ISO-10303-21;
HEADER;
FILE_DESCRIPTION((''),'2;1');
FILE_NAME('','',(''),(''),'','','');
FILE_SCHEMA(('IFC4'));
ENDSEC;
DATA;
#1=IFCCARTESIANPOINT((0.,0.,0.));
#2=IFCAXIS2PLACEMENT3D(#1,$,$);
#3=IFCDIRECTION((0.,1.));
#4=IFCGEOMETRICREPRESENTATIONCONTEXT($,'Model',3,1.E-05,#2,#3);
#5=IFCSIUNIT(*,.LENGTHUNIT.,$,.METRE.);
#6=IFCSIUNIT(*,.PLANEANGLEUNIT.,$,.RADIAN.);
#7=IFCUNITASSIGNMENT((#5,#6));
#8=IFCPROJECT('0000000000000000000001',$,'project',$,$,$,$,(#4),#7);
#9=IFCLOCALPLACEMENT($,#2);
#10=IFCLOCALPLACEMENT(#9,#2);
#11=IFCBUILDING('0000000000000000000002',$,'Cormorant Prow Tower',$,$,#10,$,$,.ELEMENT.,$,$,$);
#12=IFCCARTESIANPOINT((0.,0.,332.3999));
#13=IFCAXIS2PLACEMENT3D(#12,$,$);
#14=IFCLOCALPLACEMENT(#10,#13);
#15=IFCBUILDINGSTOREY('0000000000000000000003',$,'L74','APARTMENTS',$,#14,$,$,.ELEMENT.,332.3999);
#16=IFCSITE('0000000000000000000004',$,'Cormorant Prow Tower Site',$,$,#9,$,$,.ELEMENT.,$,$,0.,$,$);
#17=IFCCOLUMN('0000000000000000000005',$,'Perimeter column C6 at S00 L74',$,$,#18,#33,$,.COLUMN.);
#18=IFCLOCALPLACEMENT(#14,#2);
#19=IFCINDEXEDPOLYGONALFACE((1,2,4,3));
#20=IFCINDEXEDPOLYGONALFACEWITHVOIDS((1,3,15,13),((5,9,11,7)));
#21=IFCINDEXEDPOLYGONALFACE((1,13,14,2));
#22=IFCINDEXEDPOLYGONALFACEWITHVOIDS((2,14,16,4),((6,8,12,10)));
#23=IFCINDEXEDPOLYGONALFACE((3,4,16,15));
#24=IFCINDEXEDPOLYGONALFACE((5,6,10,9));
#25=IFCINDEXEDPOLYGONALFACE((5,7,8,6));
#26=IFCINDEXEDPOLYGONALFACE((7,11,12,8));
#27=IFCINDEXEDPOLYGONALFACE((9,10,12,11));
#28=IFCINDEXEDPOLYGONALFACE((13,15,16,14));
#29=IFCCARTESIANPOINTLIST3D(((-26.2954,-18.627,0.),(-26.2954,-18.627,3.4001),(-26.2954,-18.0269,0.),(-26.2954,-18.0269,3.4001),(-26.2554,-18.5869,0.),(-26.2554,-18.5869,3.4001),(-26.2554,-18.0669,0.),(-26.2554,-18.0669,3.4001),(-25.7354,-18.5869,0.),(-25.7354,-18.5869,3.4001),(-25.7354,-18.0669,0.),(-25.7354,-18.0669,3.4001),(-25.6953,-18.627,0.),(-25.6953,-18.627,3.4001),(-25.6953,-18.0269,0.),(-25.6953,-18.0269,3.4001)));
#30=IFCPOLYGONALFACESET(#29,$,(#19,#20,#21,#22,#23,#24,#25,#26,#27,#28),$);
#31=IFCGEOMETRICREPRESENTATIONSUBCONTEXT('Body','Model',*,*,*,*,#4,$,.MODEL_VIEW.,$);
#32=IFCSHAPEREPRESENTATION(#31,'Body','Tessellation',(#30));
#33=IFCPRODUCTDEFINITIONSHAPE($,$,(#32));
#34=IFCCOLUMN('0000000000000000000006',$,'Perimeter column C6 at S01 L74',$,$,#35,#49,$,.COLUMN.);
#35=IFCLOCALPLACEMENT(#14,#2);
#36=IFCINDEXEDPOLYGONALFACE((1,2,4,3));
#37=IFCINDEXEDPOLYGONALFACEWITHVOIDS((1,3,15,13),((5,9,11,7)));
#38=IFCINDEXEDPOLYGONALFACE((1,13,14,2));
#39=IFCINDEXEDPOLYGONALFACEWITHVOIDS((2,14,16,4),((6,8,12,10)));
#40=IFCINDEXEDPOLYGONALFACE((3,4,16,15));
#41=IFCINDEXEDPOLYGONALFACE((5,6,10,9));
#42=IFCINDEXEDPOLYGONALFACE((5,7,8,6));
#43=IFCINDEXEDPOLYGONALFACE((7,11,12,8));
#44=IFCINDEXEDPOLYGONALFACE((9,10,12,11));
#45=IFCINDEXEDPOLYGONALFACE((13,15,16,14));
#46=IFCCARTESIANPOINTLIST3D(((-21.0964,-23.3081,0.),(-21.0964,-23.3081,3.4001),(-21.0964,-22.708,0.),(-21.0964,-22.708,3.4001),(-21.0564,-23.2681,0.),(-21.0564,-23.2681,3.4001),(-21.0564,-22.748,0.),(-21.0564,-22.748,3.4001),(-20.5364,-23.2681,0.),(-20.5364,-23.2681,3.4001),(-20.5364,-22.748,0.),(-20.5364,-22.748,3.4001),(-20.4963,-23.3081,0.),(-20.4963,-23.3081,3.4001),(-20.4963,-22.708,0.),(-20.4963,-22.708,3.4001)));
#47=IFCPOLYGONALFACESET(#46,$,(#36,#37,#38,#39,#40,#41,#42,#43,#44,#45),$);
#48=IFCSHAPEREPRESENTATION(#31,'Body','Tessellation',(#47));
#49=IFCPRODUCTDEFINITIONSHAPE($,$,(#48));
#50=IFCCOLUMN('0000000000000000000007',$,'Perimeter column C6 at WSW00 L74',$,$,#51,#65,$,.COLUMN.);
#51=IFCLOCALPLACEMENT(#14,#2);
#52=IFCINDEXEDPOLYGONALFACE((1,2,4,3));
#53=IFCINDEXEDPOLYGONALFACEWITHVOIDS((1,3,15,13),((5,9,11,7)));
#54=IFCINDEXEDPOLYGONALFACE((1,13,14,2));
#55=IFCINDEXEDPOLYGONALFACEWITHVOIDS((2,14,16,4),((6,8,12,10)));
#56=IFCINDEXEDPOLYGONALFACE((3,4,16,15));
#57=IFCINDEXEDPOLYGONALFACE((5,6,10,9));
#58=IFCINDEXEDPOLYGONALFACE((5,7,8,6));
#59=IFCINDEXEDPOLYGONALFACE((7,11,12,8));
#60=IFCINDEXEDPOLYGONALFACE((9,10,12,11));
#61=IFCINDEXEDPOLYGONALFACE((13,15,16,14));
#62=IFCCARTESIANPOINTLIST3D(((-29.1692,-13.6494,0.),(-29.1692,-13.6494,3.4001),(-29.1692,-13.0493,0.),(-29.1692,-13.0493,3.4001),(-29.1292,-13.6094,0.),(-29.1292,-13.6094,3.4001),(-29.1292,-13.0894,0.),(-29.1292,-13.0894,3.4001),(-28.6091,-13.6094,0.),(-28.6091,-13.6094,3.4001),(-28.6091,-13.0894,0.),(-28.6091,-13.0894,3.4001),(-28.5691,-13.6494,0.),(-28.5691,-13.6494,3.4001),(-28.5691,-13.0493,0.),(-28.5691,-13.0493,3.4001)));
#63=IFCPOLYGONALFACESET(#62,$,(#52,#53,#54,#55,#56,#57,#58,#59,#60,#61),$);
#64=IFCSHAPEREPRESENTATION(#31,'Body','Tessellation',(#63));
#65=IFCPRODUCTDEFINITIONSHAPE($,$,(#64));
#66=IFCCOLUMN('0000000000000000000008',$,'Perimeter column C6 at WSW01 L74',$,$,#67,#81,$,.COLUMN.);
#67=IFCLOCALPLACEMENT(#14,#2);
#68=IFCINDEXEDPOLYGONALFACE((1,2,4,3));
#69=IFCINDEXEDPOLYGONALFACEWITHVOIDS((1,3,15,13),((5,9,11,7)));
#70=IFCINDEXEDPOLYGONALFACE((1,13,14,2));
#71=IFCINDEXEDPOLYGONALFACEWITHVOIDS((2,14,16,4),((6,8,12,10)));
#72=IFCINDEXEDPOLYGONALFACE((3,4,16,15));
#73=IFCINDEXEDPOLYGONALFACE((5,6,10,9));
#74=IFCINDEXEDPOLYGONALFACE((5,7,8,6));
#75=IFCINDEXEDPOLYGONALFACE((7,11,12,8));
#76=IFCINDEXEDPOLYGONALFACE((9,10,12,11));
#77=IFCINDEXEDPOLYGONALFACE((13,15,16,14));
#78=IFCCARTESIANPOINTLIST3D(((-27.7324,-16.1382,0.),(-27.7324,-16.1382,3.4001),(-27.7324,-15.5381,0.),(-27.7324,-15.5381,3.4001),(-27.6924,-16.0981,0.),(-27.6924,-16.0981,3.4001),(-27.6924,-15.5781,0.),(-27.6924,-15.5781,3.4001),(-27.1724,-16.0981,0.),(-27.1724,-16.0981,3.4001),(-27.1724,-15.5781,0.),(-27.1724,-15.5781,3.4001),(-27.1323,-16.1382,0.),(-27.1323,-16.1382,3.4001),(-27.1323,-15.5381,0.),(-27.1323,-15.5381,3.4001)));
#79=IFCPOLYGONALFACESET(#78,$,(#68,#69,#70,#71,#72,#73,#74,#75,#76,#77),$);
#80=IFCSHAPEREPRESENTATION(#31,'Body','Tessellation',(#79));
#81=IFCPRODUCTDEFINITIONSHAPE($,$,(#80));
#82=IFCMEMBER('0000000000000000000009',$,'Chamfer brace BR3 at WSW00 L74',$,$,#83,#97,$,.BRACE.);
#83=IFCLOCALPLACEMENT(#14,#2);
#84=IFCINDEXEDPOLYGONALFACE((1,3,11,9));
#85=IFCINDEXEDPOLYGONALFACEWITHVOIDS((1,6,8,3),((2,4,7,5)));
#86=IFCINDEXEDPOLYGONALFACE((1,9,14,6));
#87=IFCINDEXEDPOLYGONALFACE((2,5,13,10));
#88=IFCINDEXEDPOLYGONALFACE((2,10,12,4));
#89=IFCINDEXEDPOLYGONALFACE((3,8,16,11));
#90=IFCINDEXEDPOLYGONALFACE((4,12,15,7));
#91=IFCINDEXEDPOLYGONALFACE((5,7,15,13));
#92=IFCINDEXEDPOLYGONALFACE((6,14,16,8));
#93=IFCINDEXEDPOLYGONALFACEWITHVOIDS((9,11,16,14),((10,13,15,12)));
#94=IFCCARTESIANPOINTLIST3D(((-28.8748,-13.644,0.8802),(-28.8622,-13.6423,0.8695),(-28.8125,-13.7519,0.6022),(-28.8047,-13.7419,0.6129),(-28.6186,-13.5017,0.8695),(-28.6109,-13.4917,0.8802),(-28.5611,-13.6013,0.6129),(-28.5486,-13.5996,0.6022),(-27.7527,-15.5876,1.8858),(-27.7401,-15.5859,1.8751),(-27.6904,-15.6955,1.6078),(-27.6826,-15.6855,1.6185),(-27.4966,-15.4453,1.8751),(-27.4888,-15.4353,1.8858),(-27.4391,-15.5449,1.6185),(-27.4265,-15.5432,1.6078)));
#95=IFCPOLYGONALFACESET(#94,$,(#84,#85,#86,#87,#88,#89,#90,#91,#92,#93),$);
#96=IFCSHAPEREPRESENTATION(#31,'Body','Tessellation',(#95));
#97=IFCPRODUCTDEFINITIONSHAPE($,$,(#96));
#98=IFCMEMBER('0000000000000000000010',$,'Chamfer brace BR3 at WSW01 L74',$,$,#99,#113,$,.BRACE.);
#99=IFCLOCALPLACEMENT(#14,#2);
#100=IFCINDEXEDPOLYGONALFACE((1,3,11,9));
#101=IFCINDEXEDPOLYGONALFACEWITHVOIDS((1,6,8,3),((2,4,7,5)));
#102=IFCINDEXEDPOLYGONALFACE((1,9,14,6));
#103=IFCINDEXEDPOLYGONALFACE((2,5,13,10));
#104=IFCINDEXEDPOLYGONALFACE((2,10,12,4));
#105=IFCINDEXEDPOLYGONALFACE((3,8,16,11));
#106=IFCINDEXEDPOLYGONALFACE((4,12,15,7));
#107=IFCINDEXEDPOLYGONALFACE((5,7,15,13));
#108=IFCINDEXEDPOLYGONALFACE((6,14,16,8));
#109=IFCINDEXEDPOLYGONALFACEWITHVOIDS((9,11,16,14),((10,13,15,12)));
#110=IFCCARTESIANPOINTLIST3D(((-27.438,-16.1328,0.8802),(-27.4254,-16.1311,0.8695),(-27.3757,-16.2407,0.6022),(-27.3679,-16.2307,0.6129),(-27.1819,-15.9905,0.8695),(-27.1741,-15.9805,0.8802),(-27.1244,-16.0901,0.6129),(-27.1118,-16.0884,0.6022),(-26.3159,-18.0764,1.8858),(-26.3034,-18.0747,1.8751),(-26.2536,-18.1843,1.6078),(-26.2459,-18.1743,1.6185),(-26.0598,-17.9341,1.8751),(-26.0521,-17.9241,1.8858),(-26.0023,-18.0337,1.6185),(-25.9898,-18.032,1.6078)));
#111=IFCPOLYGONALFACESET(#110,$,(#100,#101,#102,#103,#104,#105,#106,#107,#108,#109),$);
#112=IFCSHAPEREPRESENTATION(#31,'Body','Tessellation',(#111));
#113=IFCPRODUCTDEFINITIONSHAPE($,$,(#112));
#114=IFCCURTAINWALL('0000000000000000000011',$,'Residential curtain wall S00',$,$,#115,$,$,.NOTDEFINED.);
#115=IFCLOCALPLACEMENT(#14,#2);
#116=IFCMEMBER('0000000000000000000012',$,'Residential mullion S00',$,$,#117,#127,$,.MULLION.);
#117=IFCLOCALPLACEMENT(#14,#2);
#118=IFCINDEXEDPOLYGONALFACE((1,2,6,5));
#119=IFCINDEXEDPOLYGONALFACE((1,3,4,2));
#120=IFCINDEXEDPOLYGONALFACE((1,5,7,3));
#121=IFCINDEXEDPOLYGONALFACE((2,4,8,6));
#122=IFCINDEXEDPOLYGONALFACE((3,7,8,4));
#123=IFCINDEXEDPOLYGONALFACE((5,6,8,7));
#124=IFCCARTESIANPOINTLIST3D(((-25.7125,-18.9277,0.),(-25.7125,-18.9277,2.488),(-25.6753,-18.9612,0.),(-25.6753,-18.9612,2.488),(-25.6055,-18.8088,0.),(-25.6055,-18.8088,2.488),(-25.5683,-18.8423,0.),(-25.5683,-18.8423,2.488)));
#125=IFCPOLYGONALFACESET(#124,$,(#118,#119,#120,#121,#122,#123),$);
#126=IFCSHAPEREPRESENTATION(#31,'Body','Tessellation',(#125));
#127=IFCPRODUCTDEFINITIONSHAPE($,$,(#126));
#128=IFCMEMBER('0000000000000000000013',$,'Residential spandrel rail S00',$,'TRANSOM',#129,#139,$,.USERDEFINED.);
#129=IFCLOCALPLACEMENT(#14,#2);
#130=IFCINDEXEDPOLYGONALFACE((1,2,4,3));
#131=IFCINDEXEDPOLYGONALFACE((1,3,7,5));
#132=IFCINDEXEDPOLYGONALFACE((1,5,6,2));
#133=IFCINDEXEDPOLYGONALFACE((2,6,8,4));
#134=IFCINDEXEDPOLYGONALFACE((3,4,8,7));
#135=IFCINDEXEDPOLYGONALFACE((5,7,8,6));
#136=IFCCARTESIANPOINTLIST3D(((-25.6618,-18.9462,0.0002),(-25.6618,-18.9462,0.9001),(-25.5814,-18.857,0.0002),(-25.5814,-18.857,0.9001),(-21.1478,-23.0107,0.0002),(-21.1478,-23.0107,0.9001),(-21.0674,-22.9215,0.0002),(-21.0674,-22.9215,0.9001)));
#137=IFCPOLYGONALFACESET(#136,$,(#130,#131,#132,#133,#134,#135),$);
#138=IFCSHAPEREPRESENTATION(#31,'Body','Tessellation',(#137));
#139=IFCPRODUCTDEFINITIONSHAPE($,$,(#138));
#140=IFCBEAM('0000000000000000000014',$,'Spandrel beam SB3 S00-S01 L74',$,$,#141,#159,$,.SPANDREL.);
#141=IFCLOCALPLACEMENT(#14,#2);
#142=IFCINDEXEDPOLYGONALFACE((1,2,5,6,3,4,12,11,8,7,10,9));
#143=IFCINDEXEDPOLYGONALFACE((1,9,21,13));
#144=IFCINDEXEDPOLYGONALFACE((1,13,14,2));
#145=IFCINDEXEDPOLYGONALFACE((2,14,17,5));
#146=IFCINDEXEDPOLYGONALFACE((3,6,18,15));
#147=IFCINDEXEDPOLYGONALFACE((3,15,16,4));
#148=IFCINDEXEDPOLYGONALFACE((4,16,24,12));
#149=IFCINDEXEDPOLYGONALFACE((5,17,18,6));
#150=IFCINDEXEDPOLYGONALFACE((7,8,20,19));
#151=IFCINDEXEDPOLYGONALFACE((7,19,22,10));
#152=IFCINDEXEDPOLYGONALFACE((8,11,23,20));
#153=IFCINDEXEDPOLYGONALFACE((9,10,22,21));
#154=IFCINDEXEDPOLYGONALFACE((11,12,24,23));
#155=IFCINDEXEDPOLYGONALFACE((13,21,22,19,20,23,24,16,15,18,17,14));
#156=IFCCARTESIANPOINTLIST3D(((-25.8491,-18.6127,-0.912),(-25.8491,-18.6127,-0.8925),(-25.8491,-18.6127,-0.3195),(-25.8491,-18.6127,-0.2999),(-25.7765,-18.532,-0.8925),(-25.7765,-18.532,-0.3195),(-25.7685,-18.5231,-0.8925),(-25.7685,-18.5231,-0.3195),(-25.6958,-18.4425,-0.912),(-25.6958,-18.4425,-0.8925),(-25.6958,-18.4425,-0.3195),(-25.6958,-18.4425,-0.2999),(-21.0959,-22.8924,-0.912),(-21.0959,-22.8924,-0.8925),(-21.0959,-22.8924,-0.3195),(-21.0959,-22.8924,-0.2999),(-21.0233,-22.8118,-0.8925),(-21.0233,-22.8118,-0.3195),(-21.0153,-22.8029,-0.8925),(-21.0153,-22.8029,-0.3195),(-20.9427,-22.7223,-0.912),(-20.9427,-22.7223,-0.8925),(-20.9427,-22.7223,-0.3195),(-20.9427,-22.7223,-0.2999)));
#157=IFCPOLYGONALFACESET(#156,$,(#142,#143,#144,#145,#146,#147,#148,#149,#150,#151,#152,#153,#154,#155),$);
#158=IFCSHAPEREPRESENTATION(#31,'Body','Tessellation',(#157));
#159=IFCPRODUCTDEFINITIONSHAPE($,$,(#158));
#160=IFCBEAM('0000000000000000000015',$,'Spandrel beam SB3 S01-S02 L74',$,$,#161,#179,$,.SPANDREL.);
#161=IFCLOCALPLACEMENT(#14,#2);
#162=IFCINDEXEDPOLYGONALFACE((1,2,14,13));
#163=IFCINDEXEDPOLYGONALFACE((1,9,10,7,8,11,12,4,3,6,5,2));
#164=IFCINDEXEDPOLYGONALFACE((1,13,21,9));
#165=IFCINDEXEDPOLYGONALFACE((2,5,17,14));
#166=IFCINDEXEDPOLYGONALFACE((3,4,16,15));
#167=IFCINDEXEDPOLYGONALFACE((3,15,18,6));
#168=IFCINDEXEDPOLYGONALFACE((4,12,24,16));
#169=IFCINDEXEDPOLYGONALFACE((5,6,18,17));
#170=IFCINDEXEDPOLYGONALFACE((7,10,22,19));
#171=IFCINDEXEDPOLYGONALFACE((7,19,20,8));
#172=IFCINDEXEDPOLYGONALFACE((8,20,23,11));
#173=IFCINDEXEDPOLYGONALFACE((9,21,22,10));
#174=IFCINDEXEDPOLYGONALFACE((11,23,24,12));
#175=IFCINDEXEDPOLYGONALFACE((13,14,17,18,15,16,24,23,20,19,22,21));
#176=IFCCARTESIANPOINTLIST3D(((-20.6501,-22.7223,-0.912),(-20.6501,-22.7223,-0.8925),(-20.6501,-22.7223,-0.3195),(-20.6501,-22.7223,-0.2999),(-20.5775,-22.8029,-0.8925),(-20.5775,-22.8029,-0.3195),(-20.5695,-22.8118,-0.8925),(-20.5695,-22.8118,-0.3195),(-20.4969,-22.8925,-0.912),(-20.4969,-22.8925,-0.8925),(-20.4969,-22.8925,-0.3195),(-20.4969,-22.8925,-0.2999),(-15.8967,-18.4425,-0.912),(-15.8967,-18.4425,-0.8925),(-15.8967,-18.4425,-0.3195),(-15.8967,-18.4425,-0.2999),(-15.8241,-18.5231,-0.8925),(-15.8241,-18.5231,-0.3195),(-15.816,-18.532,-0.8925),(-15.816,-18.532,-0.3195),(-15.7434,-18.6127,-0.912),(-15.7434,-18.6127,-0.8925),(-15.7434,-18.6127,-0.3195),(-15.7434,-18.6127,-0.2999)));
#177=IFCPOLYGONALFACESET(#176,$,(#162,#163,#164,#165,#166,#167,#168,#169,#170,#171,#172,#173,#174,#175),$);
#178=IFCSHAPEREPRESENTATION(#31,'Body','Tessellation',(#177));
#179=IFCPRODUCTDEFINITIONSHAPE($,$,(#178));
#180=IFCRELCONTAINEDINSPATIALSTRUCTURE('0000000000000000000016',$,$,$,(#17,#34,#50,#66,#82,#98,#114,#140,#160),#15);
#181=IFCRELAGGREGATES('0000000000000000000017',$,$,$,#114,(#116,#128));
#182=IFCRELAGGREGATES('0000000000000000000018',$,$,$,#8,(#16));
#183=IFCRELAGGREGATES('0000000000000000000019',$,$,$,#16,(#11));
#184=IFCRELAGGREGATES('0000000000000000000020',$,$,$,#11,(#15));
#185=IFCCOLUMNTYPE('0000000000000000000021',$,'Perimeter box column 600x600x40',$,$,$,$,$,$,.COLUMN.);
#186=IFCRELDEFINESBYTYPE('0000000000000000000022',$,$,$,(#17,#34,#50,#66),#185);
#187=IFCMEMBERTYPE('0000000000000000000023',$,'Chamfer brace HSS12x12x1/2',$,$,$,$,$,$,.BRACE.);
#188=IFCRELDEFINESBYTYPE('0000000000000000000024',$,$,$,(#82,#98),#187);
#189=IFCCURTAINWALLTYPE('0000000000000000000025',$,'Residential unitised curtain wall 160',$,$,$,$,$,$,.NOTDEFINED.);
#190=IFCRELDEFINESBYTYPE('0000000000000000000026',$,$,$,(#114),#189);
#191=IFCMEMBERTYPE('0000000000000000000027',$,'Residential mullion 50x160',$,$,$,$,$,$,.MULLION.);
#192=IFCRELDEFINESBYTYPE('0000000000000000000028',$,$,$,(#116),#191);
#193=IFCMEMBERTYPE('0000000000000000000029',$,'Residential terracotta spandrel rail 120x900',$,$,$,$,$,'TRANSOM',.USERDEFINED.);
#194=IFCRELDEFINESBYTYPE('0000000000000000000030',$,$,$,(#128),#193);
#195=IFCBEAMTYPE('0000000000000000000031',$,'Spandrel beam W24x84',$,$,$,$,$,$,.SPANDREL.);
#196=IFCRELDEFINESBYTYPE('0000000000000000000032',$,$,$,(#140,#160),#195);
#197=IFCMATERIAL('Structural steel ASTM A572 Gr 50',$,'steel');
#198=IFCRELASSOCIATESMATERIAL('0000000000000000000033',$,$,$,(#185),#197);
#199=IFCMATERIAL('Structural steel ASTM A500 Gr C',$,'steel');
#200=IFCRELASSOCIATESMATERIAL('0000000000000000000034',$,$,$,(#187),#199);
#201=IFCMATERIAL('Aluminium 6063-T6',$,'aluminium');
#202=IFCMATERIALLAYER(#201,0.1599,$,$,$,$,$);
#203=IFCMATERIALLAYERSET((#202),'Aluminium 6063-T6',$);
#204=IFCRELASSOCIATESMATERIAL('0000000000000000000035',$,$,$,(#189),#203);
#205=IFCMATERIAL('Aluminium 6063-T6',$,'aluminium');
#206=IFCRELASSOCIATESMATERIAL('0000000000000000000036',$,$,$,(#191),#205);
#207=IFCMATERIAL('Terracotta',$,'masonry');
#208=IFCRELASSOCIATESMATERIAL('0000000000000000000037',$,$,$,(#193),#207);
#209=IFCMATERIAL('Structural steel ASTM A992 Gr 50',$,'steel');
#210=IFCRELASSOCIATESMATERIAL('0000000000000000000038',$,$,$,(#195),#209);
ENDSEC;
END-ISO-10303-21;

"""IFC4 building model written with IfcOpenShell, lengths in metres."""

from ifc_helpers import new_model, si_unit, direction, frame, origin, origin_2d, place, context, subcontext, project, spatial, rectangle, hollow_rectangle, i_section, extrude, material, layer, layer_set, material_profile, profile_set, type_object, element, aggregate, save


model = new_model("IFC4")

# Units and contexts
model_context = context("Model", 3, precision=1e-05, world=origin(), true_north=direction((0.0, 1.0)))
body_context = subcontext(model_context, "Body", "Model", "MODEL_VIEW")
ifc_project = project(units=[si_unit("LENGTHUNIT", "METRE"), si_unit("PLANEANGLEUNIT", "RADIAN")], contexts=[model_context])

# Site, building, storey
site_placement = place(None, origin())
site = spatial("IfcSite", under=ifc_project, at=site_placement, Name="Cormorant Prow Tower Site", CompositionType="ELEMENT", RefElevation=0.0)
building_placement = place(site_placement, origin())
building = spatial("IfcBuilding", under=site, at=building_placement, Name="Cormorant Prow Tower", CompositionType="ELEMENT")
storey_placement = place(building_placement, frame((0.0, 0.0, 332.3999)))
storey = spatial("IfcBuildingStorey", under=building, at=storey_placement, Name="L74", Description="APARTMENTS", CompositionType="ELEMENT", Elevation=332.3999)

# Columns
ifc_material_1 = material(Name="Structural steel ASTM A572 Gr 50", Category="steel")
ifc_material_profile_1 = material_profile(ifc_material_1, hollow_rectangle(XDim=0.6001, YDim=0.6001, WallThickness=0.04, at=origin_2d()), Name="Box 600x600x40")
ifc_profile_set_1 = profile_set([ifc_material_profile_1], Name="Structural steel ASTM A572 Gr 50")
column_type = type_object("IfcColumnType", Name="Perimeter box column 600x600x40", PredefinedType="COLUMN", material=ifc_profile_set_1)
for number, where, z_axis, x_axis, name in (
    (1, (-25.9954, -18.3269, 0.0), (0.0, 0.0, 1.0), (1.0, 0.0, 0.0), "Perimeter column C6 at S00 L74"),
    (2, (-20.7964, -23.0081, 0.0), (0.0, 0.0, 1.0), (1.0, 0.0, 0.0), "Perimeter column C6 at S01 L74"),
    (3, (-28.8691, -13.3494, 0.0), (0.0, 0.0, 1.0), (1.0, 0.0, 0.0), "Perimeter column C6 at WSW00 L74"),
    (4, (-27.4324, -15.8381, 0.0), (0.0, 0.0, 1.0), (1.0, 0.0, 0.0), "Perimeter column C6 at WSW01 L74"),
):
    element("IfcColumn", number, at=place(storey_placement, frame(where, z_axis=z_axis, x_axis=x_axis)), inside=storey, type_object=column_type, Name=name, PredefinedType="COLUMN", context=body_context, shape_type="SweptSolid", body=[
        extrude(hollow_rectangle(XDim=0.6001, YDim=0.6001, WallThickness=0.04, at=origin_2d()), origin(), (0.0, 0.0, 1.0), 3.4001),
    ])

# Members
ifc_material_2 = material(Name="Structural steel ASTM A500 Gr C", Category="steel")
ifc_material_profile_2 = material_profile(ifc_material_2, hollow_rectangle(XDim=0.3047, YDim=0.3047, WallThickness=0.0117, at=origin_2d()), Name="HSS12x12x1/2")
ifc_profile_set_2 = profile_set([ifc_material_profile_2], Name="Structural steel ASTM A500 Gr C")
member_type_1 = type_object("IfcMemberType", Name="Chamfer brace HSS12x12x1/2", PredefinedType="BRACE", material=ifc_profile_set_2)
for number, where, z_axis, x_axis, name in (
    (5, (-28.7117, -13.6218, 0.7412), (0.456266, -0.790324, 0.408912), (0.866039, 0.499977, 0.0), "Chamfer brace BR3 at WSW00 L74"),
    (6, (-27.2749, -16.1106, 0.7412), (0.456266, -0.790324, 0.408912), (0.866039, 0.499977, 0.0), "Chamfer brace BR3 at WSW01 L74"),
):
    element("IfcMember", number, at=place(storey_placement, frame(where, z_axis=z_axis, x_axis=x_axis)), inside=storey, type_object=member_type_1, Name=name, PredefinedType="BRACE", context=body_context, shape_type="SweptSolid", body=[
        extrude(hollow_rectangle(XDim=0.3047, YDim=0.3047, WallThickness=0.0117, at=origin_2d()), origin(), (0.0, 0.0, 1.0), 2.4592),
    ])

# Curtain wall, members
ifc_material_3 = material(Name="Aluminium 6063-T6", Category="aluminium")
ifc_layer_1 = layer(ifc_material_3, 0.1599)
ifc_layer_set_1 = layer_set([ifc_layer_1], Name="Aluminium 6063-T6")
curtain_wall_type = type_object("IfcCurtainWallType", Name="Residential unitised curtain wall 160", PredefinedType="NOTDEFINED", material=ifc_layer_set_1)
curtain_wall_placement = place(storey_placement, origin())
curtain_wall = element("IfcCurtainWall", 7, at=curtain_wall_placement, inside=storey, type_object=curtain_wall_type, Name="Residential curtain wall S00", PredefinedType="NOTDEFINED")
ifc_material_4 = material(Name="Aluminium 6063-T6", Category="aluminium")
ifc_material_profile_3 = material_profile(ifc_material_4, rectangle(XDim=0.1599, YDim=0.05, at=origin_2d()), Name="Residential mullion 50x160")
ifc_profile_set_3 = profile_set([ifc_material_profile_3], Name="Aluminium 6063-T6")
member_type_2 = type_object("IfcMemberType", Name="Residential mullion 50x160", PredefinedType="MULLION", material=ifc_profile_set_3)
member_1_placement = place(storey_placement, frame((-25.6404, -18.885, 0.0), z_axis=(0.0, 0.0, 1.0), x_axis=(0.669131, 0.743145, 0.0)))
member_1 = element("IfcMember", 8, at=member_1_placement, type_object=member_type_2, Name="Residential mullion S00", PredefinedType="MULLION", context=body_context, shape_type="SweptSolid", body=[
    extrude(rectangle(XDim=0.1599, YDim=0.05, at=origin_2d()), origin(), (0.0, 0.0, 1.0), 2.488),
])
ifc_material_5 = material(Name="Terracotta", Category="masonry")
ifc_material_profile_4 = material_profile(ifc_material_5, rectangle(XDim=0.1201, YDim=0.8999, at=origin_2d()), Name="Residential terracotta spandrel rail 120x900")
ifc_profile_set_4 = profile_set([ifc_material_profile_4], Name="Terracotta")
member_type_3 = type_object("IfcMemberType", Name="Residential terracotta spandrel rail 120x900", ElementType="TRANSOM", PredefinedType="USERDEFINED", material=ifc_profile_set_4)
member_2_placement = place(storey_placement, frame((-25.6216, -18.9016, 0.4502), z_axis=(0.743136, -0.66914, 0.0), x_axis=(0.66914, 0.743136, 0.0)))
member_2 = element("IfcMember", 9, at=member_2_placement, type_object=member_type_3, Name="Residential spandrel rail S00", ObjectType="TRANSOM", PredefinedType="USERDEFINED", context=body_context, shape_type="SweptSolid", body=[
    extrude(rectangle(XDim=0.1201, YDim=0.8999, at=origin_2d()), origin(), (0.0, 0.0, 1.0), 6.0742),
])

# Beams
ifc_material_6 = material(Name="Structural steel ASTM A992 Gr 50", Category="steel")
ifc_material_profile_5 = material_profile(ifc_material_6, i_section(OverallWidth=0.229, OverallDepth=0.6121, WebThickness=0.012, FlangeThickness=0.0195, at=origin_2d()), Name="W24x84")
ifc_profile_set_5 = profile_set([ifc_material_profile_5], Name="Structural steel ASTM A992 Gr 50")
beam_type = type_object("IfcBeamType", Name="Spandrel beam W24x84", PredefinedType="SPANDREL", material=ifc_profile_set_5)
beam_1_placement = place(storey_placement, frame((-25.7725, -18.5276, -0.606), z_axis=(0.743144, -0.669131, 0.0), x_axis=(0.669131, 0.743144, 0.0)))
element("IfcBeam", 10, at=beam_1_placement, inside=storey, type_object=beam_type, Name="Spandrel beam SB3 S00-S01 L74", PredefinedType="SPANDREL", context=body_context, shape_type="SweptSolid", body=[
    extrude(i_section(OverallWidth=0.229, OverallDepth=0.6121, WebThickness=0.012, FlangeThickness=0.0195, at=origin_2d()), origin(), (0.0, 0.0, 1.0), 6.396),
])
beam_2_placement = place(storey_placement, frame((-20.5735, -22.8074, -0.606), z_axis=(0.743161, 0.669112, 0.0), x_axis=(-0.669112, 0.743161, 0.0)))
element("IfcBeam", 11, at=beam_2_placement, inside=storey, type_object=beam_type, Name="Spandrel beam SB3 S01-S02 L74", PredefinedType="SPANDREL", context=body_context, shape_type="SweptSolid", body=[
    extrude(i_section(OverallWidth=0.229, OverallDepth=0.6121, WebThickness=0.012, FlangeThickness=0.0195, at=origin_2d()), origin(), (0.0, 0.0, 1.0), 6.3962),
])

aggregate(curtain_wall, [member_1, member_2])

save(model, "model.ifc")
